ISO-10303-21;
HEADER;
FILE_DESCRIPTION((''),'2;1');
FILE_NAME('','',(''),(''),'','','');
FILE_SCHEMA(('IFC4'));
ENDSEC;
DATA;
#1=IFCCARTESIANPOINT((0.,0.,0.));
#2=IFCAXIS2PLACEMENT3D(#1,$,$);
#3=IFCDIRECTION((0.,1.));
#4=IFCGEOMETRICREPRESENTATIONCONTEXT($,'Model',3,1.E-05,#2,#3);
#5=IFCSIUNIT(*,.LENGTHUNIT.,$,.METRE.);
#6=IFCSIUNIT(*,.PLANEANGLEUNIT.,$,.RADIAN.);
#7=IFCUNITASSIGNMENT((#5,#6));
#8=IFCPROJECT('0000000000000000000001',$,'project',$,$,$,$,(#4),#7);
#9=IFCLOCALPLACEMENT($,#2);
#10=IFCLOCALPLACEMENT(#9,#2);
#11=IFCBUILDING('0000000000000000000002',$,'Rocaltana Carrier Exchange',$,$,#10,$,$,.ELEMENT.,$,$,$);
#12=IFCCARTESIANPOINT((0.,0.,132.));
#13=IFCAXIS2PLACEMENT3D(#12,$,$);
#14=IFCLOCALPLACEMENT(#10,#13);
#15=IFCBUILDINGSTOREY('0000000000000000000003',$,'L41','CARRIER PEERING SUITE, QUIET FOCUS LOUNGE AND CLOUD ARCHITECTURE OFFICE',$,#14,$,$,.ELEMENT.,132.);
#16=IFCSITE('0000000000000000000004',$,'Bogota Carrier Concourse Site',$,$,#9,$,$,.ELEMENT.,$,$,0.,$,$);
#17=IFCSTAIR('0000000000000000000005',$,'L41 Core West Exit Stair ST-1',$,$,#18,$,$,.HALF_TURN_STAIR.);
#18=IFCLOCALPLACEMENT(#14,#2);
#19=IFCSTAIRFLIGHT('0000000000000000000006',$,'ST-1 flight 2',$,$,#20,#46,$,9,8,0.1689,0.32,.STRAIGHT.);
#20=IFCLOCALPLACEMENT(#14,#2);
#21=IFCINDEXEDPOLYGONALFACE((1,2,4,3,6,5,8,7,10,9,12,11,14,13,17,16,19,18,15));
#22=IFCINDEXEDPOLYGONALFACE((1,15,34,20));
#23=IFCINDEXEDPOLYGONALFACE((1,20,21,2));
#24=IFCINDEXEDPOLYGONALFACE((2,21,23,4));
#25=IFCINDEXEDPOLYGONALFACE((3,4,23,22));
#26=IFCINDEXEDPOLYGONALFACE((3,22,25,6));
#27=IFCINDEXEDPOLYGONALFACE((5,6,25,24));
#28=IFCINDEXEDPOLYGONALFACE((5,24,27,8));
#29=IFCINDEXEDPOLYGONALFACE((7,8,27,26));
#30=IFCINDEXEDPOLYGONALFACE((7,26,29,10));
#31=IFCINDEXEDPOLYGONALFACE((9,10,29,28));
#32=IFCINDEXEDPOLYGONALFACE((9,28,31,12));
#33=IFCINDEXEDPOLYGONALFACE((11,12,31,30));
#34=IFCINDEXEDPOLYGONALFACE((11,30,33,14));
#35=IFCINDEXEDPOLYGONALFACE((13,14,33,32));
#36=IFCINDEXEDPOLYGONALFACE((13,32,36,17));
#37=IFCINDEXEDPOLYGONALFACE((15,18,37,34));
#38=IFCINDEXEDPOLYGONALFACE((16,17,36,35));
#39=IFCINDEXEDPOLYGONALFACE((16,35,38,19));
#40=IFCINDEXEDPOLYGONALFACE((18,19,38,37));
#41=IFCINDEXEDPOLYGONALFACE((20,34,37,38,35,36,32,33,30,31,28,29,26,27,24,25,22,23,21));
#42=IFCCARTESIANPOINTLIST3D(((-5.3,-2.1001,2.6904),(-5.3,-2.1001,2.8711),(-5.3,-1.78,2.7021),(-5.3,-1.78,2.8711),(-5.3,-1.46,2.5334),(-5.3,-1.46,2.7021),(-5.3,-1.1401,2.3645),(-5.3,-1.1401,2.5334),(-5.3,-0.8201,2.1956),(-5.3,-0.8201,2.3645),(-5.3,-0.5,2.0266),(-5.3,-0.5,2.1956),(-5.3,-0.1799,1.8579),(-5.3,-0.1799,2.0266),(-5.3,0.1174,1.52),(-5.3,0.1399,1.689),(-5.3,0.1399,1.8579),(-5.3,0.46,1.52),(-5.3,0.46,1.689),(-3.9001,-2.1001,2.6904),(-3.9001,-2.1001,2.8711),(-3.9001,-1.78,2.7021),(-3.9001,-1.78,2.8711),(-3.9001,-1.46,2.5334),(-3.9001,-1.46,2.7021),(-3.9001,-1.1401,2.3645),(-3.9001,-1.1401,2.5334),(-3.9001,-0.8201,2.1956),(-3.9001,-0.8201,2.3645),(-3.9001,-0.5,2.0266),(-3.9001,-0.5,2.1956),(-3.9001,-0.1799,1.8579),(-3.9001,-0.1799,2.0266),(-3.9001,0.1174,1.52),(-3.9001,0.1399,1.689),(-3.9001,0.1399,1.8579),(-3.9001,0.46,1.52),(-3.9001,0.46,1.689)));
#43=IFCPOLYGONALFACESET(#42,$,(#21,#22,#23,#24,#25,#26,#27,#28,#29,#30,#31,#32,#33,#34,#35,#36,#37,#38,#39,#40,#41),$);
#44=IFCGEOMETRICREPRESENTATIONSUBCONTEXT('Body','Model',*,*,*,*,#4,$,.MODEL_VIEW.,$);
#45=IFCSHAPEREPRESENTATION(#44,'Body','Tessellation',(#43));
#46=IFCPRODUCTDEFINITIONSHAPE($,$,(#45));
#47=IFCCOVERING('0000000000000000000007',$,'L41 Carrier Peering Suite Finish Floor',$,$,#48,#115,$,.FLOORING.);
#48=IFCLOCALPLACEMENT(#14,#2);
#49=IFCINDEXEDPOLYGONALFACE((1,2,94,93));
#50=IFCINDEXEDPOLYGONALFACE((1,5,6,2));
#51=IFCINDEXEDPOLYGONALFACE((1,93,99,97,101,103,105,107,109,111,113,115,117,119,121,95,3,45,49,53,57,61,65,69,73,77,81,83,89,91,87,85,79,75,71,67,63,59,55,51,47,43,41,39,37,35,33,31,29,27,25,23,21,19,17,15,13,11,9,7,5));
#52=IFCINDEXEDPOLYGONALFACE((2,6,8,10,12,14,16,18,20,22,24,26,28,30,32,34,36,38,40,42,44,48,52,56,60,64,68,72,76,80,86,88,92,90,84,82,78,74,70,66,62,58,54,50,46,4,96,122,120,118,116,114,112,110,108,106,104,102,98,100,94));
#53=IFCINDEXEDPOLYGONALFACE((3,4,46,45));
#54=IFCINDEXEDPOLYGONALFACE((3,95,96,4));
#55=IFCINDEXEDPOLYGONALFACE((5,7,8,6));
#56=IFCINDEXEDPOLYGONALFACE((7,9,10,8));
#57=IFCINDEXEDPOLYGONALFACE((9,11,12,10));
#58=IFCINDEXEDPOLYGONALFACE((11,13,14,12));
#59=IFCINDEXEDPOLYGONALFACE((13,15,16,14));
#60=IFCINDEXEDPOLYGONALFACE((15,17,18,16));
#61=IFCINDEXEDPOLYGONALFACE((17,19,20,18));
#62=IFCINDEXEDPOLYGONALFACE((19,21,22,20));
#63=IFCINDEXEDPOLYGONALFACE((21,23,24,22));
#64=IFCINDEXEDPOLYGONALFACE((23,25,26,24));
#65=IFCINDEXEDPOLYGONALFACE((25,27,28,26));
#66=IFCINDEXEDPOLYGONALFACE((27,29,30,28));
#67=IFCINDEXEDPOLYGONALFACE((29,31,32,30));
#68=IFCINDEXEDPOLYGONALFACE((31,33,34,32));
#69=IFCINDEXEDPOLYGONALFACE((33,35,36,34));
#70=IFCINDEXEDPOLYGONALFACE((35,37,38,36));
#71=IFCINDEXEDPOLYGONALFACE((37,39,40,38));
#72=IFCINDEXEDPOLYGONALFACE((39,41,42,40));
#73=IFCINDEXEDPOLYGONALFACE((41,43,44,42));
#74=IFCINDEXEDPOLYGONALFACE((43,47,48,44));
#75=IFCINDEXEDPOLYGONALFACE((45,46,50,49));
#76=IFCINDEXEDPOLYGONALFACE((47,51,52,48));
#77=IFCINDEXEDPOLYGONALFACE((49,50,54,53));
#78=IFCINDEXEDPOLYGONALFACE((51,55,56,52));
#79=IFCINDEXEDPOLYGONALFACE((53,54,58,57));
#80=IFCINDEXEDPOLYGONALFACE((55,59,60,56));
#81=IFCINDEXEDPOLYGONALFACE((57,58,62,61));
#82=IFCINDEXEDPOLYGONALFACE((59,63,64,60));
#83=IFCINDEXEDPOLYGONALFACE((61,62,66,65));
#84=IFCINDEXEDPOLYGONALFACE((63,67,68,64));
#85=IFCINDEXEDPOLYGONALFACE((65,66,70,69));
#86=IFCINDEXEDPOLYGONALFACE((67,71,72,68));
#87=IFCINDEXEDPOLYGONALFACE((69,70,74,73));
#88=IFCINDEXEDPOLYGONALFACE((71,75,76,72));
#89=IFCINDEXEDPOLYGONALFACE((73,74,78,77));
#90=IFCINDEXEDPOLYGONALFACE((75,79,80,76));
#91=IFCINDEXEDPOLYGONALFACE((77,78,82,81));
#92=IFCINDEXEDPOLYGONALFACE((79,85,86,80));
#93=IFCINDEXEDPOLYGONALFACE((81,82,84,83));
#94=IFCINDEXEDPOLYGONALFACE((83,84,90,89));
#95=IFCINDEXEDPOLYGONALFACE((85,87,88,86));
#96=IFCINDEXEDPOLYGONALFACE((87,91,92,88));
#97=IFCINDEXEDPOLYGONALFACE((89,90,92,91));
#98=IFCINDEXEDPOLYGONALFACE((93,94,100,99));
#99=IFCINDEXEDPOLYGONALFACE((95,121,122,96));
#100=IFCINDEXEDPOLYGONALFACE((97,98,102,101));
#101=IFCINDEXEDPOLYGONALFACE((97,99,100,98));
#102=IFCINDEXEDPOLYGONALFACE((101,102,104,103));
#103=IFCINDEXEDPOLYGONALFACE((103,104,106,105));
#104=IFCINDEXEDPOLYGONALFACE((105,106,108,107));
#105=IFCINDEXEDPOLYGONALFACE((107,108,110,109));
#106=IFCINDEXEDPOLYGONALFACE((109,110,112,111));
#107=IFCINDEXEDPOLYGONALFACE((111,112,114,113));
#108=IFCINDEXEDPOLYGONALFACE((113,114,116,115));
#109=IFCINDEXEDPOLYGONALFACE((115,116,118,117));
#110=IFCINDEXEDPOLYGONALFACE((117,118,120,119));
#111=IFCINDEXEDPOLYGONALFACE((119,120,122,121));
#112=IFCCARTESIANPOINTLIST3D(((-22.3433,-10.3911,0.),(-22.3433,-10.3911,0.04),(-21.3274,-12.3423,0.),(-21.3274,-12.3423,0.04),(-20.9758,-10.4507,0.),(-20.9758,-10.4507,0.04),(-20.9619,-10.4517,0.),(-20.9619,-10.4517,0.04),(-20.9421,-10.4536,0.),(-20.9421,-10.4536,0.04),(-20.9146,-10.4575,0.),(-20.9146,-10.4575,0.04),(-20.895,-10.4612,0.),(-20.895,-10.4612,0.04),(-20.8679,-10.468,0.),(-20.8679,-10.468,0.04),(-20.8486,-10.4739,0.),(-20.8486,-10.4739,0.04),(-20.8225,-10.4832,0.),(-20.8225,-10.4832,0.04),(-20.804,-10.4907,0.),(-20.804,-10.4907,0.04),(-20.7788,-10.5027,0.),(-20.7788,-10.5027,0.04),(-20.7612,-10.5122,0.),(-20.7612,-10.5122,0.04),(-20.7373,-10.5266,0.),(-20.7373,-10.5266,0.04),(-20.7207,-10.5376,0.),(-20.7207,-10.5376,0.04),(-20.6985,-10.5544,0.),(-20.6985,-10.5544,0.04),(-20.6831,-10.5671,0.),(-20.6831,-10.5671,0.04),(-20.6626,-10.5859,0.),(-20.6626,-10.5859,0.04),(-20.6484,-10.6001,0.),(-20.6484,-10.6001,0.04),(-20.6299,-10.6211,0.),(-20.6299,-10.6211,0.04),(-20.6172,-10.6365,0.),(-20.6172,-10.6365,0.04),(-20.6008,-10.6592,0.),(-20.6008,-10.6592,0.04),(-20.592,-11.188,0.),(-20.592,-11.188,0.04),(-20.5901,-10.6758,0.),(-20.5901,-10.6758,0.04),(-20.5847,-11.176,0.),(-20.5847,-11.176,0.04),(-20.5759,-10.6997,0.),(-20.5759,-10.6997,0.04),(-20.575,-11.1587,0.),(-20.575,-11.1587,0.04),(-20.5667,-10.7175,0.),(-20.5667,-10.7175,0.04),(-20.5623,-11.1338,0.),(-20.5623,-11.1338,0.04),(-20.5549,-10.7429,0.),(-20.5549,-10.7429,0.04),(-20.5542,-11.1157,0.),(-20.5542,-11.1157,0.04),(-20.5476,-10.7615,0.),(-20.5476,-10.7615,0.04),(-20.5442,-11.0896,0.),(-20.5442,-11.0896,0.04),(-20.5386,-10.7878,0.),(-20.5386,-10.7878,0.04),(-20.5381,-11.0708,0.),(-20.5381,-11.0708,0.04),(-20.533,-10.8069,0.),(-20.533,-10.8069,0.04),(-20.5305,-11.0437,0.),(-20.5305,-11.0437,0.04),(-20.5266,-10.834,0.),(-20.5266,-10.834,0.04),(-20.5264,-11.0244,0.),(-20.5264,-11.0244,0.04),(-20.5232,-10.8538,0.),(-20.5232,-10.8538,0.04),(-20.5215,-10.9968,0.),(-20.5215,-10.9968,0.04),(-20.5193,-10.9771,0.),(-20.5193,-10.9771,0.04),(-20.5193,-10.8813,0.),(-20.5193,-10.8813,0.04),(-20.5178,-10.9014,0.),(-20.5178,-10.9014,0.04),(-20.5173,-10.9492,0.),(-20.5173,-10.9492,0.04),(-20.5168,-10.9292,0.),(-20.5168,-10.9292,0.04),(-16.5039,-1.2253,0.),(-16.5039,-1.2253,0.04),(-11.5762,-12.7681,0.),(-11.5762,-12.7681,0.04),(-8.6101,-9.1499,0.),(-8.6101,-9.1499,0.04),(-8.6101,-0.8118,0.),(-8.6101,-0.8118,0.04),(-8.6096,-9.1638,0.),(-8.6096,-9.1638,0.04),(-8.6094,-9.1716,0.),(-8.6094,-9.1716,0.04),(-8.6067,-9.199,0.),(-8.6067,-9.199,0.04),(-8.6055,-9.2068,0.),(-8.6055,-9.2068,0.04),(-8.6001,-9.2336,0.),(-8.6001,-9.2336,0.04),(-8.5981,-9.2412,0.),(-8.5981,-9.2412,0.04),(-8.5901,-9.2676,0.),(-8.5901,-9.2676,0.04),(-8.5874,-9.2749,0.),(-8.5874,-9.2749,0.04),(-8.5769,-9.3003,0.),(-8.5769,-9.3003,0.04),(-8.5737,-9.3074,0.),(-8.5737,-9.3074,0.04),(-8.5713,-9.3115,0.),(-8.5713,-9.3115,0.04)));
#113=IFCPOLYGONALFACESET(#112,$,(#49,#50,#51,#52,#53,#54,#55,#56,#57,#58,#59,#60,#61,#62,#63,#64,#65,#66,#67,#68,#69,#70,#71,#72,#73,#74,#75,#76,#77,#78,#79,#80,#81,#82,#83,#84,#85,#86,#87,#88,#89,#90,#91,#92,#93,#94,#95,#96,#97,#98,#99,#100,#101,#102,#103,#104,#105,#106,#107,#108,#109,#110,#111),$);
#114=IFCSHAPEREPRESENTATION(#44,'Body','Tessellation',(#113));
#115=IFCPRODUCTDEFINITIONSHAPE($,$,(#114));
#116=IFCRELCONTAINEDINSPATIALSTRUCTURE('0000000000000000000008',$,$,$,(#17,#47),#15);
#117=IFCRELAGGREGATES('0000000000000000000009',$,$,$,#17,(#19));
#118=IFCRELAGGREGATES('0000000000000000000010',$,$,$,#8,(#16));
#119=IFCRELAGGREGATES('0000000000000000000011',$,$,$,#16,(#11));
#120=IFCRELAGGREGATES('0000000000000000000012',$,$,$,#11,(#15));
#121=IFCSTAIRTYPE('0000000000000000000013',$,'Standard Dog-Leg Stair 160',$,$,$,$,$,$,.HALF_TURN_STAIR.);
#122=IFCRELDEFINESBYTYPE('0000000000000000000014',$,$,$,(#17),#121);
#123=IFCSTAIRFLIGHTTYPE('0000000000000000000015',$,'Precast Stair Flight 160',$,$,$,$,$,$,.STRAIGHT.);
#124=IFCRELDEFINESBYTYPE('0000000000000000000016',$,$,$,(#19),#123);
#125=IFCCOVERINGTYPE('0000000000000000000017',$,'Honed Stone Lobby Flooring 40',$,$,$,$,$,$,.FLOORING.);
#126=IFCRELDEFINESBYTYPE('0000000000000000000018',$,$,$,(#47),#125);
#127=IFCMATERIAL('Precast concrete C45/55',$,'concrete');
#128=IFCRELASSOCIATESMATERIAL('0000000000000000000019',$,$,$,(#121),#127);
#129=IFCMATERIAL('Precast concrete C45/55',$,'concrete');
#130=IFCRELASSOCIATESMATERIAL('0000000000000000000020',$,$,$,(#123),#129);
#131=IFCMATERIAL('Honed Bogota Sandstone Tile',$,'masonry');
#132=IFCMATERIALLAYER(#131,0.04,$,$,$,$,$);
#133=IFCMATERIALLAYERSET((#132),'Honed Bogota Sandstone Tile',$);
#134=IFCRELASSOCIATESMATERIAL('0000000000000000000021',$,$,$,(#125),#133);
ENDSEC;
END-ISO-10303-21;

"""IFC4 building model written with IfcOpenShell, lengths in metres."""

from ifc_helpers import new_model, si_unit, direction, frame, origin, place, context, subcontext, project, spatial, polyline, outline, extrude, material, layer, layer_set, type_object, element, aggregate, save


model = new_model("IFC4")

# Units and contexts
model_context = context("Model", 3, precision=1e-05, world=origin(), true_north=direction((0.0, 1.0)))
body_context = subcontext(model_context, "Body", "Model", "MODEL_VIEW")
ifc_project = project(units=[si_unit("LENGTHUNIT", "METRE"), si_unit("PLANEANGLEUNIT", "RADIAN")], contexts=[model_context])

# Site, building, storey
site_placement = place(None, origin())
site = spatial("IfcSite", under=ifc_project, at=site_placement, Name="Bogota Carrier Concourse Site", CompositionType="ELEMENT", RefElevation=0.0)
building_placement = place(site_placement, origin())
building = spatial("IfcBuilding", under=site, at=building_placement, Name="Rocaltana Carrier Exchange", CompositionType="ELEMENT")
storey_placement = place(building_placement, frame((0.0, 0.0, 132.0)))
storey = spatial("IfcBuildingStorey", under=building, at=storey_placement, Name="L41", Description="CARRIER PEERING SUITE, QUIET FOCUS LOUNGE AND CLOUD ARCHITECTURE OFFICE", CompositionType="ELEMENT", Elevation=132.0)

# Stair
ifc_material_1 = material(Name="Precast concrete C45/55", Category="concrete")
stair_type = type_object("IfcStairType", Name="Standard Dog-Leg Stair 160", PredefinedType="HALF_TURN_STAIR", material=ifc_material_1)
stair_1_placement = place(storey_placement, origin())
stair_1 = element("IfcStair", 1, at=stair_1_placement, inside=storey, type_object=stair_type, Name="L41 Core West Exit Stair ST-1", PredefinedType="HALF_TURN_STAIR")

# Stair flight
ifc_material_2 = material(Name="Precast concrete C45/55", Category="concrete")
stair_flight_type = type_object("IfcStairFlightType", Name="Precast Stair Flight 160", PredefinedType="STRAIGHT", material=ifc_material_2)
stair_flight_placement = place(storey_placement, frame((-4.6001, 0.46, 1.52), z_axis=(0.0, 0.0, 1.0), x_axis=(0.0, -1.0, 0.0)))
stair_flight = element("IfcStairFlight", 2, at=stair_flight_placement, type_object=stair_flight_type, Name="ST-1 flight 2", NumberOfRisers=9, NumberOfTreads=8, PredefinedType="STRAIGHT", RiserHeight=0.1689, TreadLength=0.32, context=body_context, shape_type="SweptSolid", body=[
    extrude(outline(polyline([(0.0, 0.0), (0.0, 0.1689), (0.3201, 0.1689), (0.3201, 0.3379), (0.6399, 0.3379), (0.6399, 0.5066), (0.96, 0.5066), (0.96, 0.6755), (1.28, 0.6755), (1.28, 0.8445), (1.6001, 0.8445), (1.6001, 1.0134), (1.9199, 1.0134), (1.9199, 1.1821), (2.24, 1.1821), (2.24, 1.3511), (2.5601, 1.3511), (2.5601, 1.52), (2.5601, 1.1704), (0.3425, 0.0), (0.0, 0.0)])), frame((0.0, 0.7, 0.0), z_axis=(0.0, -1.0, 0.0), x_axis=(1.0, 0.0, 0.0)), (0.0, 0.0, 1.0), 1.3999),
])
aggregate(stair_1, [stair_flight])

# Covering
ifc_material_3 = material(Name="Honed Bogota Sandstone Tile", Category="masonry")
ifc_layer_1 = layer(ifc_material_3, 0.04)
ifc_layer_set_1 = layer_set([ifc_layer_1], Name="Honed Bogota Sandstone Tile")
covering_type_1 = type_object("IfcCoveringType", Name="Honed Stone Lobby Flooring 40", PredefinedType="FLOORING", material=ifc_layer_set_1)
covering_1_placement = place(storey_placement, origin())
element("IfcCovering", 3, at=covering_1_placement, inside=storey, type_object=covering_type_1, Name="L41 Carrier Peering Suite Finish Floor", PredefinedType="FLOORING", context=body_context, shape_type="SweptSolid", body=[
    extrude(outline(polyline([(-20.592, -11.188), (-20.5847, -11.176), (-20.575, -11.1587), (-20.5623, -11.1338), (-20.5542, -11.1157), (-20.5442, -11.0896), (-20.5381, -11.0708), (-20.5305, -11.0437), (-20.5264, -11.0244), (-20.5215, -10.9968), (-20.5193, -10.9771), (-20.5173, -10.9492), (-20.5168, -10.9292), (-20.5178, -10.9014), (-20.5193, -10.8813), (-20.5232, -10.8538), (-20.5266, -10.834), (-20.533, -10.8069), (-20.5386, -10.7878), (-20.5476, -10.7615), (-20.5549, -10.7429), (-20.5667, -10.7175), (-20.5759, -10.6997), (-20.5901, -10.6758), (-20.6008, -10.6592), (-20.6172, -10.6365), (-20.6299, -10.6211), (-20.6484, -10.6001), (-20.6626, -10.5859), (-20.6831, -10.5671), (-20.6985, -10.5544), (-20.7207, -10.5376), (-20.7373, -10.5266), (-20.7612, -10.5122), (-20.7788, -10.5027), (-20.804, -10.4907), (-20.8225, -10.4832), (-20.8486, -10.4739), (-20.8679, -10.468), (-20.895, -10.4612), (-20.9146, -10.4575), (-20.9421, -10.4536), (-20.9619, -10.4517), (-20.9758, -10.4507), (-22.3433, -10.3911), (-16.5039, -1.2253), (-8.6101, -0.8118), (-8.6101, -9.1499), (-8.6096, -9.1638), (-8.6094, -9.1716), (-8.6067, -9.199), (-8.6055, -9.2068), (-8.6001, -9.2336), (-8.5981, -9.2412), (-8.5901, -9.2676), (-8.5874, -9.2749), (-8.5769, -9.3003), (-8.5737, -9.3074), (-8.5713, -9.3115), (-11.5762, -12.7681), (-21.3274, -12.3423), (-20.592, -11.188)])), origin(), (0.0, 0.0, 1.0), 0.04),
])

save(model, "model.ifc")
